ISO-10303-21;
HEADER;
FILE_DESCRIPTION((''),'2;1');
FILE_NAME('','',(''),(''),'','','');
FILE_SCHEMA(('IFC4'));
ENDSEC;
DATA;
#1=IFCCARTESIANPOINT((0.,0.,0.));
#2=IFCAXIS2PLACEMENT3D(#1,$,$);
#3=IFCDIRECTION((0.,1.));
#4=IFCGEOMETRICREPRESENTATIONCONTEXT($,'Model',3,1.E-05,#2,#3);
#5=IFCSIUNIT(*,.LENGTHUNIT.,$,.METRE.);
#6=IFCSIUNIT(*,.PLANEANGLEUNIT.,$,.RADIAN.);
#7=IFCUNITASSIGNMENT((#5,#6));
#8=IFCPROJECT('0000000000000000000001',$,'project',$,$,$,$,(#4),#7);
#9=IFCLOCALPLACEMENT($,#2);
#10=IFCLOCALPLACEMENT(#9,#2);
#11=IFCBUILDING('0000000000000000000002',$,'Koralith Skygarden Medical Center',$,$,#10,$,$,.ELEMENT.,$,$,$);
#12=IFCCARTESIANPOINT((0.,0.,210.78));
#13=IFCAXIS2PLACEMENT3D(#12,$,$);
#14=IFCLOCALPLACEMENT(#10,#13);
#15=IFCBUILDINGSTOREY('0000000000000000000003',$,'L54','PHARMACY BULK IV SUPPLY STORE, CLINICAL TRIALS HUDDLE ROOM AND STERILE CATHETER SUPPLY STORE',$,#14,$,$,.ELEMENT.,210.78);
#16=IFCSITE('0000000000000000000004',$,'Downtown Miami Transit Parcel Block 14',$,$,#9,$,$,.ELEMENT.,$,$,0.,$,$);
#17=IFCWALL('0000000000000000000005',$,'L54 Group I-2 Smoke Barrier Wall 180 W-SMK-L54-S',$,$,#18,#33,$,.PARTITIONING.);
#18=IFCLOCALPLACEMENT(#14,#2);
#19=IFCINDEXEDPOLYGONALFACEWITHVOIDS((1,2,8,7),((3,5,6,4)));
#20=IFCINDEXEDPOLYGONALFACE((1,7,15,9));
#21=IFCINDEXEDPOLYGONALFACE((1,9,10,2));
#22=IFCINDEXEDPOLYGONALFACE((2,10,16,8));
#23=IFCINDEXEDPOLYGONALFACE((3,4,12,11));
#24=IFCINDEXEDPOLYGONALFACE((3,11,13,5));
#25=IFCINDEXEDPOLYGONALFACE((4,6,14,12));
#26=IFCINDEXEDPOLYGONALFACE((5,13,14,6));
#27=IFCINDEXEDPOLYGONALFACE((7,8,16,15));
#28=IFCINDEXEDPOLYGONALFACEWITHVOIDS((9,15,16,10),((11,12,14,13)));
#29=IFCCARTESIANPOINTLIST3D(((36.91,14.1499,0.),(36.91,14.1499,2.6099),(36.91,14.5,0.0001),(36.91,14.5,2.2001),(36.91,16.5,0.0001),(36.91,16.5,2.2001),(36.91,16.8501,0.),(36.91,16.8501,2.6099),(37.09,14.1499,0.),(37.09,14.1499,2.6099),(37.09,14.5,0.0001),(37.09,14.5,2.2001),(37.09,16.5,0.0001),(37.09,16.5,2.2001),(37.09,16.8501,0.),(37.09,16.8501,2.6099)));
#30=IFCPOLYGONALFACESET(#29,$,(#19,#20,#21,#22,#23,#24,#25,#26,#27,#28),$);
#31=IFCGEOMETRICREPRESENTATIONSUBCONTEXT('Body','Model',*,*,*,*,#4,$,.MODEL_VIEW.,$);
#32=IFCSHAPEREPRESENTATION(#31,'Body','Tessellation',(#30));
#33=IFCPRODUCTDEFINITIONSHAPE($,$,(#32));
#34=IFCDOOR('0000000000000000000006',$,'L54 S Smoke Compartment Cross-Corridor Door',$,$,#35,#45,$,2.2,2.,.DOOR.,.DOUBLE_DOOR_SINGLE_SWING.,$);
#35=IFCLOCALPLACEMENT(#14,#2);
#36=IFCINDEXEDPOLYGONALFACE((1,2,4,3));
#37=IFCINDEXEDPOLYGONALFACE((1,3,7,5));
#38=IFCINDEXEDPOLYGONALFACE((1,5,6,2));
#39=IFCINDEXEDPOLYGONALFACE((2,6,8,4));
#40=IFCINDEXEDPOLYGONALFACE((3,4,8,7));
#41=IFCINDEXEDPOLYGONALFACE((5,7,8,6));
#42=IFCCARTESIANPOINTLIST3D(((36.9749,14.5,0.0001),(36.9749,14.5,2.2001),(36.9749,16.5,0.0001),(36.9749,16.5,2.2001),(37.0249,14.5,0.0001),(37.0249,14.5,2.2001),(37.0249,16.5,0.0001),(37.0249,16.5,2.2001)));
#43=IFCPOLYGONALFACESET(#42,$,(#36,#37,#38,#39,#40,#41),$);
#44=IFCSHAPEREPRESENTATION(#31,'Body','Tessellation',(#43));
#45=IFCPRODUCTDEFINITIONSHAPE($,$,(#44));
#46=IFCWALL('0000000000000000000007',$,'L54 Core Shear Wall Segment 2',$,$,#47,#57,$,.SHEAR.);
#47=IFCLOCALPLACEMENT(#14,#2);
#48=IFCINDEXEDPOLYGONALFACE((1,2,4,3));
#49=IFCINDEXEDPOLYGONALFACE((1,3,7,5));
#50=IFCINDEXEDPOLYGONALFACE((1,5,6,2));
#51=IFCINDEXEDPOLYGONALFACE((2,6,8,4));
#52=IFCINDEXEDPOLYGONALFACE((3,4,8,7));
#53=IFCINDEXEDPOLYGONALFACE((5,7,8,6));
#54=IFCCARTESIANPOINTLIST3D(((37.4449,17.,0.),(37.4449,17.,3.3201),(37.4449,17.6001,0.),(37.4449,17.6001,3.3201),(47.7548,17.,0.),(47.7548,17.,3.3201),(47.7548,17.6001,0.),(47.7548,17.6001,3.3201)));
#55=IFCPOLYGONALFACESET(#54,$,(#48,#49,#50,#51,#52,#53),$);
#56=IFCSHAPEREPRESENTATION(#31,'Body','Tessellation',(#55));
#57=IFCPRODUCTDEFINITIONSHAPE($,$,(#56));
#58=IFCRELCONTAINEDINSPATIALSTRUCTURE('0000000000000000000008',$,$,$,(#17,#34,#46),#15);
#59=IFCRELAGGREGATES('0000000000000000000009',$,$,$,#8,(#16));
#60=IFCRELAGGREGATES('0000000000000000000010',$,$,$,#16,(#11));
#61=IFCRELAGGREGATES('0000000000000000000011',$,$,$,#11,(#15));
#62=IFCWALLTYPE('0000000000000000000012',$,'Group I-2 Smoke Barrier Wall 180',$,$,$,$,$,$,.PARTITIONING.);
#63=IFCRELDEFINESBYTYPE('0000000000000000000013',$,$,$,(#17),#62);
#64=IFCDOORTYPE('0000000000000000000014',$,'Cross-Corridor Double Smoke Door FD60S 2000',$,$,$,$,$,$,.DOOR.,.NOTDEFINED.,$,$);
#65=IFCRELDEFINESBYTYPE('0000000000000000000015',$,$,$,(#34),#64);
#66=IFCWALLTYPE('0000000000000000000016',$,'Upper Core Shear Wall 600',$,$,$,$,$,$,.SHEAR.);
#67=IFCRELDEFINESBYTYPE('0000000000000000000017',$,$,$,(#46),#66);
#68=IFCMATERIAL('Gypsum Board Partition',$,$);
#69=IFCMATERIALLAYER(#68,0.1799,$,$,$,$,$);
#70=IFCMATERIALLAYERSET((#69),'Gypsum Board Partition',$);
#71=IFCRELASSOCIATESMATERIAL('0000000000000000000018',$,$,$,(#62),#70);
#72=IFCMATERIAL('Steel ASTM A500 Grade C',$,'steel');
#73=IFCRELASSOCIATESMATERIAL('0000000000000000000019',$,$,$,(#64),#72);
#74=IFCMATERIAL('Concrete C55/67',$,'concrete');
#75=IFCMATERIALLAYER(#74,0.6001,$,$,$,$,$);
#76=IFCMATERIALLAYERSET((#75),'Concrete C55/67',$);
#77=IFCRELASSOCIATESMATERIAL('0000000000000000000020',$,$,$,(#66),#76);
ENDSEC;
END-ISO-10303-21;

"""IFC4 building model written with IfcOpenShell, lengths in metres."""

from ifc_helpers import new_model, si_unit, direction, frame, frame_2d, origin, place, context, subcontext, project, spatial, rectangle, extrude, material, layer, layer_set, type_object, element, fill, save


model = new_model("IFC4")

# Units and contexts
model_context = context("Model", 3, precision=1e-05, world=origin(), true_north=direction((0.0, 1.0)))
body_context = subcontext(model_context, "Body", "Model", "MODEL_VIEW")
ifc_project = project(units=[si_unit("LENGTHUNIT", "METRE"), si_unit("PLANEANGLEUNIT", "RADIAN")], contexts=[model_context])

# Site, building, storey
site_placement = place(None, origin())
site = spatial("IfcSite", under=ifc_project, at=site_placement, Name="Downtown Miami Transit Parcel Block 14", CompositionType="ELEMENT", RefElevation=0.0)
building_placement = place(site_placement, origin())
building = spatial("IfcBuilding", under=site, at=building_placement, Name="Koralith Skygarden Medical Center", CompositionType="ELEMENT")
storey_placement = place(building_placement, frame((0.0, 0.0, 210.78)))
storey = spatial("IfcBuildingStorey", under=building, at=storey_placement, Name="L54", Description="PHARMACY BULK IV SUPPLY STORE, CLINICAL TRIALS HUDDLE ROOM AND STERILE CATHETER SUPPLY STORE", CompositionType="ELEMENT", Elevation=210.78)

# Shared definitions
ifc_material_1 = material(Name="Concrete C55/67", Category="concrete")

# Shared definitions
ifc_material_2 = material(Name="Gypsum Board Partition")

# Wall, opening, door
ifc_layer_1 = layer(ifc_material_2, 0.1799)
ifc_layer_set_1 = layer_set([ifc_layer_1], Name="Gypsum Board Partition")
wall_type_1 = type_object("IfcWallType", Name="Group I-2 Smoke Barrier Wall 180", PredefinedType="PARTITIONING", material=ifc_layer_set_1)
wall_1_placement = place(storey_placement, frame((37.0, 14.1499, 0.0), z_axis=(0.0, 0.0, 1.0), x_axis=(0.0, 1.0, 0.0)))
wall_1 = element("IfcWall", 1, at=wall_1_placement, inside=storey, type_object=wall_type_1, Name="L54 Group I-2 Smoke Barrier Wall 180 W-SMK-L54-S", PredefinedType="PARTITIONING", context=body_context, shape_type="SweptSolid", body=[
    extrude(rectangle(XDim=2.7002, YDim=0.1799, at=frame_2d((1.3501, 0.0))), origin(), (0.0, 0.0, 1.0), 2.6099),
])
opening_1_placement = place(wall_1_placement, frame((0.3501, 0.0, 0.0)))
opening_1 = element("IfcOpeningElement", 2, at=opening_1_placement, cuts=wall_1, PredefinedType="OPENING", context=body_context, shape_type="SweptSolid", body=[
    extrude(rectangle(XDim=2.0, YDim=2.2, at=frame_2d((1.0, 1.1001))), frame((0.0, 0.0999, 0.0), z_axis=(0.0, -1.0, 0.0), x_axis=(1.0, 0.0, 0.0)), (0.0, 0.0, 1.0), 0.2),
])
ifc_material_3 = material(Name="Steel ASTM A500 Grade C", Category="steel")
door_type_1 = type_object("IfcDoorType", Name="Cross-Corridor Double Smoke Door FD60S 2000", OperationType="NOTDEFINED", PredefinedType="DOOR", material=ifc_material_3)
door_1_placement = place(opening_1_placement, frame((2.0, 0.0, 0.0), z_axis=(0.0, 0.0, 1.0), x_axis=(-1.0, 0.0, 0.0)))
door_1 = element("IfcDoor", 3, at=door_1_placement, inside=storey, type_object=door_type_1, Name="L54 S Smoke Compartment Cross-Corridor Door", OperationType="DOUBLE_DOOR_SINGLE_SWING", OverallHeight=2.2, OverallWidth=2.0, PredefinedType="DOOR", context=body_context, shape_type="SweptSolid", body=[
    extrude(rectangle(XDim=2.0, YDim=2.2, at=frame_2d((1.0, 1.1001))), frame((0.0, 0.0249, 0.0), z_axis=(0.0, -1.0, 0.0), x_axis=(1.0, 0.0, 0.0)), (0.0, 0.0, 1.0), 0.05),
])
fill(opening_1, door_1)

# Wall
ifc_layer_2 = layer(ifc_material_1, 0.6001)
ifc_layer_set_2 = layer_set([ifc_layer_2], Name="Concrete C55/67")
wall_type_2 = type_object("IfcWallType", Name="Upper Core Shear Wall 600", PredefinedType="SHEAR", material=ifc_layer_set_2)
wall_2_placement = place(storey_placement, frame((37.4451, 17.3, 0.0), z_axis=(0.0, 0.0, 1.0), x_axis=(1.0, 0.0, 0.0)))
element("IfcWall", 4, at=wall_2_placement, inside=storey, type_object=wall_type_2, Name="L54 Core Shear Wall Segment 2", PredefinedType="SHEAR", context=body_context, shape_type="SweptSolid", body=[
    extrude(rectangle(XDim=10.3098, YDim=0.6001, at=frame_2d((5.1548, 0.0))), origin(), (0.0, 0.0, 1.0), 3.3201),
])

save(model, "model.ifc")
